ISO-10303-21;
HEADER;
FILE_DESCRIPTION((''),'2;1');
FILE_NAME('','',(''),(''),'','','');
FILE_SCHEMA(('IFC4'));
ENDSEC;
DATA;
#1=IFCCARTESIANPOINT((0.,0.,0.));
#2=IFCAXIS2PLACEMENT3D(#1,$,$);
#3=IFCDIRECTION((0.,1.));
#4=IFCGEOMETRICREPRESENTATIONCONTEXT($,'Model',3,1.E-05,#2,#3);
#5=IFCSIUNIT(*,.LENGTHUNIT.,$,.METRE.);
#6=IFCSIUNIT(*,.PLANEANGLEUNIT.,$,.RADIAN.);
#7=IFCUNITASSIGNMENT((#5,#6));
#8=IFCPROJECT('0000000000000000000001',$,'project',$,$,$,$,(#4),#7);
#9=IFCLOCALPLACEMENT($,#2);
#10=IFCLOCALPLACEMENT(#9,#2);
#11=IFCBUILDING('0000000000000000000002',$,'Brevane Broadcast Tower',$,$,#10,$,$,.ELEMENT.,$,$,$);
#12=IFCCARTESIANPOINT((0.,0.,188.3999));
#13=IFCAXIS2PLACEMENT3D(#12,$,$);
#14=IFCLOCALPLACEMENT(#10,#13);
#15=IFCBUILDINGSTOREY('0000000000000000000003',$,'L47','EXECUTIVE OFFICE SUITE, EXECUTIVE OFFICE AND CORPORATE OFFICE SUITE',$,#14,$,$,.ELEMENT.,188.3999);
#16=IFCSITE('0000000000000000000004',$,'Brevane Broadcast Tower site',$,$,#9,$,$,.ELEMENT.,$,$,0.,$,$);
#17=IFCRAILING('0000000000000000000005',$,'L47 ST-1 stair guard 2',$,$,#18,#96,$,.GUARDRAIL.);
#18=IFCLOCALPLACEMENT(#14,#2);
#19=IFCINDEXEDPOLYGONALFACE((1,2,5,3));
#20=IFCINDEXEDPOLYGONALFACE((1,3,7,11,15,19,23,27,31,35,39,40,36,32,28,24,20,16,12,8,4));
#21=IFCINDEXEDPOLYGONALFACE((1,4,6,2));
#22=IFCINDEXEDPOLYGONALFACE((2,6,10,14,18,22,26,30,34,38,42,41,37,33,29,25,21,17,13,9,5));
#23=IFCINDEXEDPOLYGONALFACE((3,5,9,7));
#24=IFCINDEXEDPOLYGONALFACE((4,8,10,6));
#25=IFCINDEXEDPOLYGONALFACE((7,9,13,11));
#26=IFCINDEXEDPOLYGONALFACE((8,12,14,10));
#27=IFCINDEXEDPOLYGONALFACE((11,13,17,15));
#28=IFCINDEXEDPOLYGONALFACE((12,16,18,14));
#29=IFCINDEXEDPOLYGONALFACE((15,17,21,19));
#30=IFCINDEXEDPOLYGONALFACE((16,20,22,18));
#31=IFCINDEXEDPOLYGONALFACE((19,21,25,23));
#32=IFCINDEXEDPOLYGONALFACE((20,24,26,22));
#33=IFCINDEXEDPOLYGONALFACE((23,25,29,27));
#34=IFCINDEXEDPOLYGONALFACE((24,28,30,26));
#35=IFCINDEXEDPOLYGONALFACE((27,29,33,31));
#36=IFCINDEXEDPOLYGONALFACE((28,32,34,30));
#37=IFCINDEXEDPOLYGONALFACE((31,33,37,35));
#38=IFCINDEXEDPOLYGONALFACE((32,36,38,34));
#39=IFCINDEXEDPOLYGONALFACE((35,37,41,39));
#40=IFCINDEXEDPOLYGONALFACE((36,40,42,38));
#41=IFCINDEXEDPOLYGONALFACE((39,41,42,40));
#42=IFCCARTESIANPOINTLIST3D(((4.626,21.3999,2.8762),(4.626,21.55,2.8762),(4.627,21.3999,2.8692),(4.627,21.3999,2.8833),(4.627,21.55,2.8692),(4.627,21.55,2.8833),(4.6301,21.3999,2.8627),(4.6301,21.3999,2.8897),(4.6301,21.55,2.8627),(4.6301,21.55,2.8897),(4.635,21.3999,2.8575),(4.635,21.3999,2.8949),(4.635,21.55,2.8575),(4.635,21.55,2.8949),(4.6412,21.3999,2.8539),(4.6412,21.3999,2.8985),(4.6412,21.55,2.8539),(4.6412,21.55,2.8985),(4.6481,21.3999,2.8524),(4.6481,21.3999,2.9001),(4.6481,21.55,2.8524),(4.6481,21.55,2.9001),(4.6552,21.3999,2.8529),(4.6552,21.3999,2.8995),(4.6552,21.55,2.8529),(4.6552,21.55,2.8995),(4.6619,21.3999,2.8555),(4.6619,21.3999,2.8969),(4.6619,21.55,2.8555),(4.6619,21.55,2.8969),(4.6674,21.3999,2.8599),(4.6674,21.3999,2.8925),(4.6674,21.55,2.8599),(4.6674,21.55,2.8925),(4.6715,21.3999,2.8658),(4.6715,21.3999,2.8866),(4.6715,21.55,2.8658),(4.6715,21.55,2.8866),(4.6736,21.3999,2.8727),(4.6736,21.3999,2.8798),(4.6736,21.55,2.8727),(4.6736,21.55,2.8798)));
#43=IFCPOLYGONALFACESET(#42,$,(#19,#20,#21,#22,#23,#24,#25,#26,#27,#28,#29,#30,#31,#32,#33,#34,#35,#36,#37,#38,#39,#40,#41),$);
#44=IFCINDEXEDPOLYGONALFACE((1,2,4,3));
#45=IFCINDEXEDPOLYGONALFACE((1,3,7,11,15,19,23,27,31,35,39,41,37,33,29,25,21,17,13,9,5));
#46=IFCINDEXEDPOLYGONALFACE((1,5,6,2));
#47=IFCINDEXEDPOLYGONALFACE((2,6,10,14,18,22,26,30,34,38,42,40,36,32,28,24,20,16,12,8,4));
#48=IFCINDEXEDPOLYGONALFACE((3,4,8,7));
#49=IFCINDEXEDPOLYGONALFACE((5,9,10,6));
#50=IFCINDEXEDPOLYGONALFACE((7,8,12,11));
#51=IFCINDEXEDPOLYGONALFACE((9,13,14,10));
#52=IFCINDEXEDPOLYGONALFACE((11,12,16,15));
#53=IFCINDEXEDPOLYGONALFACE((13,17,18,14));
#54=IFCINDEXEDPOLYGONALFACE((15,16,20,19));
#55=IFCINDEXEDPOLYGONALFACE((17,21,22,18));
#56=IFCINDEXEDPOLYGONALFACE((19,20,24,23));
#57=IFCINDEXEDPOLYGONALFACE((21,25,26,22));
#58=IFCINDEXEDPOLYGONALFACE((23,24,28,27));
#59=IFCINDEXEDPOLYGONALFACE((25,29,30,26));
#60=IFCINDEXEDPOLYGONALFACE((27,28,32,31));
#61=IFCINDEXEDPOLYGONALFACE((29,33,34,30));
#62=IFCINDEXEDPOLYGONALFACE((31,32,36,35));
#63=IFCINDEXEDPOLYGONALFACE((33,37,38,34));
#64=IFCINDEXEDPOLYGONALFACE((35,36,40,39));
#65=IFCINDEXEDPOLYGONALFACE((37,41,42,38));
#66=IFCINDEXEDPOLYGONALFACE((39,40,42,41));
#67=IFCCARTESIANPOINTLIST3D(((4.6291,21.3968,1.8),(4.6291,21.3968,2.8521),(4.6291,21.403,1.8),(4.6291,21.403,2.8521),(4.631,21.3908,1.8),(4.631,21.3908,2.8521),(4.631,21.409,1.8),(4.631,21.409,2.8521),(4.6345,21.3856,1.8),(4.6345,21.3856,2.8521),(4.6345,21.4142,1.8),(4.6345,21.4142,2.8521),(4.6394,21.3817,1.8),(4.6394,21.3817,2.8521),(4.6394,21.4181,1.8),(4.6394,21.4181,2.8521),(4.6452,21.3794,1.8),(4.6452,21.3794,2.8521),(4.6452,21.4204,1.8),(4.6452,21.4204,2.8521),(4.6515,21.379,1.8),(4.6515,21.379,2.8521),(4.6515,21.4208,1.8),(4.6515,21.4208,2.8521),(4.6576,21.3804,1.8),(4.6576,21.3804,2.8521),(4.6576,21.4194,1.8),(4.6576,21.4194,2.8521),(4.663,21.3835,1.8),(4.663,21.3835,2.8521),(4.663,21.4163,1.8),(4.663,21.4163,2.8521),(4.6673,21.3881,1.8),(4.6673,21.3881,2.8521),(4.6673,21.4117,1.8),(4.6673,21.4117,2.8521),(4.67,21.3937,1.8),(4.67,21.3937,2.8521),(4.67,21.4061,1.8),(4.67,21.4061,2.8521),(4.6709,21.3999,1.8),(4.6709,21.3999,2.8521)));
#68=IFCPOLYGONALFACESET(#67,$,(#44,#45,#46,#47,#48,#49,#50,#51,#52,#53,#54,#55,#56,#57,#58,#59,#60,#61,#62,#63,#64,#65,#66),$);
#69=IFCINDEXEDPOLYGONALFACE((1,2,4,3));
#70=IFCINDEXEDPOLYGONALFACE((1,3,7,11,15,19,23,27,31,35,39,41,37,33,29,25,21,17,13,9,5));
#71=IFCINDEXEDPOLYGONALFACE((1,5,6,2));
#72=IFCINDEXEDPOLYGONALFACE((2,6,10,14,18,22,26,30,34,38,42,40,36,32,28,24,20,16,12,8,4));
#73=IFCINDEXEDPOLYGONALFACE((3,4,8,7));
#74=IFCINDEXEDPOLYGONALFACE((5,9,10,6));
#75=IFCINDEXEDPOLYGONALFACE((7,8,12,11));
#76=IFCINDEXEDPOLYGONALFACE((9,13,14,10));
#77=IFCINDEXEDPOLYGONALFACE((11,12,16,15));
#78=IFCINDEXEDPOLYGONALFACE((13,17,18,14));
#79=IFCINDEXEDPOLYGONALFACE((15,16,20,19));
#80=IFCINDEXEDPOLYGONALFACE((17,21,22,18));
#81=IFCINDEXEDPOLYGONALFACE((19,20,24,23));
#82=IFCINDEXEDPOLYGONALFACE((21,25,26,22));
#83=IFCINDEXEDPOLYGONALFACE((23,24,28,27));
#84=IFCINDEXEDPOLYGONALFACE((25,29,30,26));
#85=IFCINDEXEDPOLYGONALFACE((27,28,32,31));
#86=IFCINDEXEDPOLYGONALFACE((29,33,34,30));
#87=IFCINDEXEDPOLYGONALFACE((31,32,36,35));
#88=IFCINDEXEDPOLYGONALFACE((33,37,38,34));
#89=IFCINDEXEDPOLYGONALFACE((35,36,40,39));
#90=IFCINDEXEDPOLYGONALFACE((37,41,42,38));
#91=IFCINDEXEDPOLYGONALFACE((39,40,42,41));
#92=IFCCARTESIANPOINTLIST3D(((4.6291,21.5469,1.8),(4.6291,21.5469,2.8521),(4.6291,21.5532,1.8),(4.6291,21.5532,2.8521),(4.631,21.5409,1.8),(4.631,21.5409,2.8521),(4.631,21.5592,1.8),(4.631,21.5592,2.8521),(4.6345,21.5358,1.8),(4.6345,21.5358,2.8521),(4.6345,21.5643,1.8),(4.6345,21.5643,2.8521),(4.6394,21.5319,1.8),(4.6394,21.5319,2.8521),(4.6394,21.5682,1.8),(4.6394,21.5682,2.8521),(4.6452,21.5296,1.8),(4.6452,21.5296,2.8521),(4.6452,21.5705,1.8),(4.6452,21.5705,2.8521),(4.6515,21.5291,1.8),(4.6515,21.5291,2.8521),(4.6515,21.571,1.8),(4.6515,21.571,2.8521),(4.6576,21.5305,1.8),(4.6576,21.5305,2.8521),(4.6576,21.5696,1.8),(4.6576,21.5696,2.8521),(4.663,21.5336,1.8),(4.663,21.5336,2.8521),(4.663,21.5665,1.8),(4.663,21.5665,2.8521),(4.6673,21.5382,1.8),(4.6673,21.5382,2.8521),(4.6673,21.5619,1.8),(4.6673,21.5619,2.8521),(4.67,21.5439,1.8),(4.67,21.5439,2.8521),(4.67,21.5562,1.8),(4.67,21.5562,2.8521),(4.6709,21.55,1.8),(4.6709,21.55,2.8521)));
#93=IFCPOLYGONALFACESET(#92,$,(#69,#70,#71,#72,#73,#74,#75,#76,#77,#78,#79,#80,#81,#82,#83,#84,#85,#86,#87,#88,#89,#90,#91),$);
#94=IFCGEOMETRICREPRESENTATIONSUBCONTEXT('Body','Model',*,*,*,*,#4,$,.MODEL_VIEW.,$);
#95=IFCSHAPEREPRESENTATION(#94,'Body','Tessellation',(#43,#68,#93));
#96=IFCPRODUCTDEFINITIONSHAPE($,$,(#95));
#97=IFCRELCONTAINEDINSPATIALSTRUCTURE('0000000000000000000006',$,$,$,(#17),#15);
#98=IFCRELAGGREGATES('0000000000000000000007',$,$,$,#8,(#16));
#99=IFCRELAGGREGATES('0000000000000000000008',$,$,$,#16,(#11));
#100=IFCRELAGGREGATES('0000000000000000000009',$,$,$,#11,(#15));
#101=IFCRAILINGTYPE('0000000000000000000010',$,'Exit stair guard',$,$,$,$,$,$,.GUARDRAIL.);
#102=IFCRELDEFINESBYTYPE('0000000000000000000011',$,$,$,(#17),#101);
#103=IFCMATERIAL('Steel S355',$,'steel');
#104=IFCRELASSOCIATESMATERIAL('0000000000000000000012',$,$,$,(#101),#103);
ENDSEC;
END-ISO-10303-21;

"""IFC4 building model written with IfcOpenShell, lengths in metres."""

from ifc_helpers import new_model, si_unit, direction, frame, origin, origin_2d, place, context, subcontext, project, spatial, circle, extrude, material, type_object, element, save


model = new_model("IFC4")

# Units and contexts
model_context = context("Model", 3, precision=1e-05, world=origin(), true_north=direction((0.0, 1.0)))
body_context = subcontext(model_context, "Body", "Model", "MODEL_VIEW")
ifc_project = project(units=[si_unit("LENGTHUNIT", "METRE"), si_unit("PLANEANGLEUNIT", "RADIAN")], contexts=[model_context])

# Site, building, storey
site_placement = place(None, origin())
site = spatial("IfcSite", under=ifc_project, at=site_placement, Name="Brevane Broadcast Tower site", CompositionType="ELEMENT", RefElevation=0.0)
building_placement = place(site_placement, origin())
building = spatial("IfcBuilding", under=site, at=building_placement, Name="Brevane Broadcast Tower", CompositionType="ELEMENT")
storey_placement = place(building_placement, frame((0.0, 0.0, 188.3999)))
storey = spatial("IfcBuildingStorey", under=building, at=storey_placement, Name="L47", Description="EXECUTIVE OFFICE SUITE, EXECUTIVE OFFICE AND CORPORATE OFFICE SUITE", CompositionType="ELEMENT", Elevation=188.3999)

# Railing
ifc_material_1 = material(Name="Steel S355", Category="steel")
railing_type_1 = type_object("IfcRailingType", Name="Exit stair guard", PredefinedType="GUARDRAIL", material=ifc_material_1)
railing_1_placement = place(storey_placement, frame((4.6499, 21.3999, 1.8)))
element("IfcRailing", 1, at=railing_1_placement, inside=storey, type_object=railing_type_1, Name="L47 ST-1 stair guard 2", PredefinedType="GUARDRAIL", context=body_context, shape_type="SweptSolid", body=[
    extrude(circle(Radius=0.0239, at=origin_2d()), frame((0.0, 0.0, 1.0762), z_axis=(0.0, 1.0, 0.0), x_axis=(-1.0, 0.0, 0.0)), (0.0, 0.0, 1.0), 0.1501),
    extrude(circle(Radius=0.021, at=origin_2d()), origin(), (0.0, 0.0, 1.0), 1.052),
    extrude(circle(Radius=0.021, at=origin_2d()), frame((0.0, 0.1501, 0.0)), (0.0, 0.0, 1.0), 1.052),
])

save(model, "model.ifc")
